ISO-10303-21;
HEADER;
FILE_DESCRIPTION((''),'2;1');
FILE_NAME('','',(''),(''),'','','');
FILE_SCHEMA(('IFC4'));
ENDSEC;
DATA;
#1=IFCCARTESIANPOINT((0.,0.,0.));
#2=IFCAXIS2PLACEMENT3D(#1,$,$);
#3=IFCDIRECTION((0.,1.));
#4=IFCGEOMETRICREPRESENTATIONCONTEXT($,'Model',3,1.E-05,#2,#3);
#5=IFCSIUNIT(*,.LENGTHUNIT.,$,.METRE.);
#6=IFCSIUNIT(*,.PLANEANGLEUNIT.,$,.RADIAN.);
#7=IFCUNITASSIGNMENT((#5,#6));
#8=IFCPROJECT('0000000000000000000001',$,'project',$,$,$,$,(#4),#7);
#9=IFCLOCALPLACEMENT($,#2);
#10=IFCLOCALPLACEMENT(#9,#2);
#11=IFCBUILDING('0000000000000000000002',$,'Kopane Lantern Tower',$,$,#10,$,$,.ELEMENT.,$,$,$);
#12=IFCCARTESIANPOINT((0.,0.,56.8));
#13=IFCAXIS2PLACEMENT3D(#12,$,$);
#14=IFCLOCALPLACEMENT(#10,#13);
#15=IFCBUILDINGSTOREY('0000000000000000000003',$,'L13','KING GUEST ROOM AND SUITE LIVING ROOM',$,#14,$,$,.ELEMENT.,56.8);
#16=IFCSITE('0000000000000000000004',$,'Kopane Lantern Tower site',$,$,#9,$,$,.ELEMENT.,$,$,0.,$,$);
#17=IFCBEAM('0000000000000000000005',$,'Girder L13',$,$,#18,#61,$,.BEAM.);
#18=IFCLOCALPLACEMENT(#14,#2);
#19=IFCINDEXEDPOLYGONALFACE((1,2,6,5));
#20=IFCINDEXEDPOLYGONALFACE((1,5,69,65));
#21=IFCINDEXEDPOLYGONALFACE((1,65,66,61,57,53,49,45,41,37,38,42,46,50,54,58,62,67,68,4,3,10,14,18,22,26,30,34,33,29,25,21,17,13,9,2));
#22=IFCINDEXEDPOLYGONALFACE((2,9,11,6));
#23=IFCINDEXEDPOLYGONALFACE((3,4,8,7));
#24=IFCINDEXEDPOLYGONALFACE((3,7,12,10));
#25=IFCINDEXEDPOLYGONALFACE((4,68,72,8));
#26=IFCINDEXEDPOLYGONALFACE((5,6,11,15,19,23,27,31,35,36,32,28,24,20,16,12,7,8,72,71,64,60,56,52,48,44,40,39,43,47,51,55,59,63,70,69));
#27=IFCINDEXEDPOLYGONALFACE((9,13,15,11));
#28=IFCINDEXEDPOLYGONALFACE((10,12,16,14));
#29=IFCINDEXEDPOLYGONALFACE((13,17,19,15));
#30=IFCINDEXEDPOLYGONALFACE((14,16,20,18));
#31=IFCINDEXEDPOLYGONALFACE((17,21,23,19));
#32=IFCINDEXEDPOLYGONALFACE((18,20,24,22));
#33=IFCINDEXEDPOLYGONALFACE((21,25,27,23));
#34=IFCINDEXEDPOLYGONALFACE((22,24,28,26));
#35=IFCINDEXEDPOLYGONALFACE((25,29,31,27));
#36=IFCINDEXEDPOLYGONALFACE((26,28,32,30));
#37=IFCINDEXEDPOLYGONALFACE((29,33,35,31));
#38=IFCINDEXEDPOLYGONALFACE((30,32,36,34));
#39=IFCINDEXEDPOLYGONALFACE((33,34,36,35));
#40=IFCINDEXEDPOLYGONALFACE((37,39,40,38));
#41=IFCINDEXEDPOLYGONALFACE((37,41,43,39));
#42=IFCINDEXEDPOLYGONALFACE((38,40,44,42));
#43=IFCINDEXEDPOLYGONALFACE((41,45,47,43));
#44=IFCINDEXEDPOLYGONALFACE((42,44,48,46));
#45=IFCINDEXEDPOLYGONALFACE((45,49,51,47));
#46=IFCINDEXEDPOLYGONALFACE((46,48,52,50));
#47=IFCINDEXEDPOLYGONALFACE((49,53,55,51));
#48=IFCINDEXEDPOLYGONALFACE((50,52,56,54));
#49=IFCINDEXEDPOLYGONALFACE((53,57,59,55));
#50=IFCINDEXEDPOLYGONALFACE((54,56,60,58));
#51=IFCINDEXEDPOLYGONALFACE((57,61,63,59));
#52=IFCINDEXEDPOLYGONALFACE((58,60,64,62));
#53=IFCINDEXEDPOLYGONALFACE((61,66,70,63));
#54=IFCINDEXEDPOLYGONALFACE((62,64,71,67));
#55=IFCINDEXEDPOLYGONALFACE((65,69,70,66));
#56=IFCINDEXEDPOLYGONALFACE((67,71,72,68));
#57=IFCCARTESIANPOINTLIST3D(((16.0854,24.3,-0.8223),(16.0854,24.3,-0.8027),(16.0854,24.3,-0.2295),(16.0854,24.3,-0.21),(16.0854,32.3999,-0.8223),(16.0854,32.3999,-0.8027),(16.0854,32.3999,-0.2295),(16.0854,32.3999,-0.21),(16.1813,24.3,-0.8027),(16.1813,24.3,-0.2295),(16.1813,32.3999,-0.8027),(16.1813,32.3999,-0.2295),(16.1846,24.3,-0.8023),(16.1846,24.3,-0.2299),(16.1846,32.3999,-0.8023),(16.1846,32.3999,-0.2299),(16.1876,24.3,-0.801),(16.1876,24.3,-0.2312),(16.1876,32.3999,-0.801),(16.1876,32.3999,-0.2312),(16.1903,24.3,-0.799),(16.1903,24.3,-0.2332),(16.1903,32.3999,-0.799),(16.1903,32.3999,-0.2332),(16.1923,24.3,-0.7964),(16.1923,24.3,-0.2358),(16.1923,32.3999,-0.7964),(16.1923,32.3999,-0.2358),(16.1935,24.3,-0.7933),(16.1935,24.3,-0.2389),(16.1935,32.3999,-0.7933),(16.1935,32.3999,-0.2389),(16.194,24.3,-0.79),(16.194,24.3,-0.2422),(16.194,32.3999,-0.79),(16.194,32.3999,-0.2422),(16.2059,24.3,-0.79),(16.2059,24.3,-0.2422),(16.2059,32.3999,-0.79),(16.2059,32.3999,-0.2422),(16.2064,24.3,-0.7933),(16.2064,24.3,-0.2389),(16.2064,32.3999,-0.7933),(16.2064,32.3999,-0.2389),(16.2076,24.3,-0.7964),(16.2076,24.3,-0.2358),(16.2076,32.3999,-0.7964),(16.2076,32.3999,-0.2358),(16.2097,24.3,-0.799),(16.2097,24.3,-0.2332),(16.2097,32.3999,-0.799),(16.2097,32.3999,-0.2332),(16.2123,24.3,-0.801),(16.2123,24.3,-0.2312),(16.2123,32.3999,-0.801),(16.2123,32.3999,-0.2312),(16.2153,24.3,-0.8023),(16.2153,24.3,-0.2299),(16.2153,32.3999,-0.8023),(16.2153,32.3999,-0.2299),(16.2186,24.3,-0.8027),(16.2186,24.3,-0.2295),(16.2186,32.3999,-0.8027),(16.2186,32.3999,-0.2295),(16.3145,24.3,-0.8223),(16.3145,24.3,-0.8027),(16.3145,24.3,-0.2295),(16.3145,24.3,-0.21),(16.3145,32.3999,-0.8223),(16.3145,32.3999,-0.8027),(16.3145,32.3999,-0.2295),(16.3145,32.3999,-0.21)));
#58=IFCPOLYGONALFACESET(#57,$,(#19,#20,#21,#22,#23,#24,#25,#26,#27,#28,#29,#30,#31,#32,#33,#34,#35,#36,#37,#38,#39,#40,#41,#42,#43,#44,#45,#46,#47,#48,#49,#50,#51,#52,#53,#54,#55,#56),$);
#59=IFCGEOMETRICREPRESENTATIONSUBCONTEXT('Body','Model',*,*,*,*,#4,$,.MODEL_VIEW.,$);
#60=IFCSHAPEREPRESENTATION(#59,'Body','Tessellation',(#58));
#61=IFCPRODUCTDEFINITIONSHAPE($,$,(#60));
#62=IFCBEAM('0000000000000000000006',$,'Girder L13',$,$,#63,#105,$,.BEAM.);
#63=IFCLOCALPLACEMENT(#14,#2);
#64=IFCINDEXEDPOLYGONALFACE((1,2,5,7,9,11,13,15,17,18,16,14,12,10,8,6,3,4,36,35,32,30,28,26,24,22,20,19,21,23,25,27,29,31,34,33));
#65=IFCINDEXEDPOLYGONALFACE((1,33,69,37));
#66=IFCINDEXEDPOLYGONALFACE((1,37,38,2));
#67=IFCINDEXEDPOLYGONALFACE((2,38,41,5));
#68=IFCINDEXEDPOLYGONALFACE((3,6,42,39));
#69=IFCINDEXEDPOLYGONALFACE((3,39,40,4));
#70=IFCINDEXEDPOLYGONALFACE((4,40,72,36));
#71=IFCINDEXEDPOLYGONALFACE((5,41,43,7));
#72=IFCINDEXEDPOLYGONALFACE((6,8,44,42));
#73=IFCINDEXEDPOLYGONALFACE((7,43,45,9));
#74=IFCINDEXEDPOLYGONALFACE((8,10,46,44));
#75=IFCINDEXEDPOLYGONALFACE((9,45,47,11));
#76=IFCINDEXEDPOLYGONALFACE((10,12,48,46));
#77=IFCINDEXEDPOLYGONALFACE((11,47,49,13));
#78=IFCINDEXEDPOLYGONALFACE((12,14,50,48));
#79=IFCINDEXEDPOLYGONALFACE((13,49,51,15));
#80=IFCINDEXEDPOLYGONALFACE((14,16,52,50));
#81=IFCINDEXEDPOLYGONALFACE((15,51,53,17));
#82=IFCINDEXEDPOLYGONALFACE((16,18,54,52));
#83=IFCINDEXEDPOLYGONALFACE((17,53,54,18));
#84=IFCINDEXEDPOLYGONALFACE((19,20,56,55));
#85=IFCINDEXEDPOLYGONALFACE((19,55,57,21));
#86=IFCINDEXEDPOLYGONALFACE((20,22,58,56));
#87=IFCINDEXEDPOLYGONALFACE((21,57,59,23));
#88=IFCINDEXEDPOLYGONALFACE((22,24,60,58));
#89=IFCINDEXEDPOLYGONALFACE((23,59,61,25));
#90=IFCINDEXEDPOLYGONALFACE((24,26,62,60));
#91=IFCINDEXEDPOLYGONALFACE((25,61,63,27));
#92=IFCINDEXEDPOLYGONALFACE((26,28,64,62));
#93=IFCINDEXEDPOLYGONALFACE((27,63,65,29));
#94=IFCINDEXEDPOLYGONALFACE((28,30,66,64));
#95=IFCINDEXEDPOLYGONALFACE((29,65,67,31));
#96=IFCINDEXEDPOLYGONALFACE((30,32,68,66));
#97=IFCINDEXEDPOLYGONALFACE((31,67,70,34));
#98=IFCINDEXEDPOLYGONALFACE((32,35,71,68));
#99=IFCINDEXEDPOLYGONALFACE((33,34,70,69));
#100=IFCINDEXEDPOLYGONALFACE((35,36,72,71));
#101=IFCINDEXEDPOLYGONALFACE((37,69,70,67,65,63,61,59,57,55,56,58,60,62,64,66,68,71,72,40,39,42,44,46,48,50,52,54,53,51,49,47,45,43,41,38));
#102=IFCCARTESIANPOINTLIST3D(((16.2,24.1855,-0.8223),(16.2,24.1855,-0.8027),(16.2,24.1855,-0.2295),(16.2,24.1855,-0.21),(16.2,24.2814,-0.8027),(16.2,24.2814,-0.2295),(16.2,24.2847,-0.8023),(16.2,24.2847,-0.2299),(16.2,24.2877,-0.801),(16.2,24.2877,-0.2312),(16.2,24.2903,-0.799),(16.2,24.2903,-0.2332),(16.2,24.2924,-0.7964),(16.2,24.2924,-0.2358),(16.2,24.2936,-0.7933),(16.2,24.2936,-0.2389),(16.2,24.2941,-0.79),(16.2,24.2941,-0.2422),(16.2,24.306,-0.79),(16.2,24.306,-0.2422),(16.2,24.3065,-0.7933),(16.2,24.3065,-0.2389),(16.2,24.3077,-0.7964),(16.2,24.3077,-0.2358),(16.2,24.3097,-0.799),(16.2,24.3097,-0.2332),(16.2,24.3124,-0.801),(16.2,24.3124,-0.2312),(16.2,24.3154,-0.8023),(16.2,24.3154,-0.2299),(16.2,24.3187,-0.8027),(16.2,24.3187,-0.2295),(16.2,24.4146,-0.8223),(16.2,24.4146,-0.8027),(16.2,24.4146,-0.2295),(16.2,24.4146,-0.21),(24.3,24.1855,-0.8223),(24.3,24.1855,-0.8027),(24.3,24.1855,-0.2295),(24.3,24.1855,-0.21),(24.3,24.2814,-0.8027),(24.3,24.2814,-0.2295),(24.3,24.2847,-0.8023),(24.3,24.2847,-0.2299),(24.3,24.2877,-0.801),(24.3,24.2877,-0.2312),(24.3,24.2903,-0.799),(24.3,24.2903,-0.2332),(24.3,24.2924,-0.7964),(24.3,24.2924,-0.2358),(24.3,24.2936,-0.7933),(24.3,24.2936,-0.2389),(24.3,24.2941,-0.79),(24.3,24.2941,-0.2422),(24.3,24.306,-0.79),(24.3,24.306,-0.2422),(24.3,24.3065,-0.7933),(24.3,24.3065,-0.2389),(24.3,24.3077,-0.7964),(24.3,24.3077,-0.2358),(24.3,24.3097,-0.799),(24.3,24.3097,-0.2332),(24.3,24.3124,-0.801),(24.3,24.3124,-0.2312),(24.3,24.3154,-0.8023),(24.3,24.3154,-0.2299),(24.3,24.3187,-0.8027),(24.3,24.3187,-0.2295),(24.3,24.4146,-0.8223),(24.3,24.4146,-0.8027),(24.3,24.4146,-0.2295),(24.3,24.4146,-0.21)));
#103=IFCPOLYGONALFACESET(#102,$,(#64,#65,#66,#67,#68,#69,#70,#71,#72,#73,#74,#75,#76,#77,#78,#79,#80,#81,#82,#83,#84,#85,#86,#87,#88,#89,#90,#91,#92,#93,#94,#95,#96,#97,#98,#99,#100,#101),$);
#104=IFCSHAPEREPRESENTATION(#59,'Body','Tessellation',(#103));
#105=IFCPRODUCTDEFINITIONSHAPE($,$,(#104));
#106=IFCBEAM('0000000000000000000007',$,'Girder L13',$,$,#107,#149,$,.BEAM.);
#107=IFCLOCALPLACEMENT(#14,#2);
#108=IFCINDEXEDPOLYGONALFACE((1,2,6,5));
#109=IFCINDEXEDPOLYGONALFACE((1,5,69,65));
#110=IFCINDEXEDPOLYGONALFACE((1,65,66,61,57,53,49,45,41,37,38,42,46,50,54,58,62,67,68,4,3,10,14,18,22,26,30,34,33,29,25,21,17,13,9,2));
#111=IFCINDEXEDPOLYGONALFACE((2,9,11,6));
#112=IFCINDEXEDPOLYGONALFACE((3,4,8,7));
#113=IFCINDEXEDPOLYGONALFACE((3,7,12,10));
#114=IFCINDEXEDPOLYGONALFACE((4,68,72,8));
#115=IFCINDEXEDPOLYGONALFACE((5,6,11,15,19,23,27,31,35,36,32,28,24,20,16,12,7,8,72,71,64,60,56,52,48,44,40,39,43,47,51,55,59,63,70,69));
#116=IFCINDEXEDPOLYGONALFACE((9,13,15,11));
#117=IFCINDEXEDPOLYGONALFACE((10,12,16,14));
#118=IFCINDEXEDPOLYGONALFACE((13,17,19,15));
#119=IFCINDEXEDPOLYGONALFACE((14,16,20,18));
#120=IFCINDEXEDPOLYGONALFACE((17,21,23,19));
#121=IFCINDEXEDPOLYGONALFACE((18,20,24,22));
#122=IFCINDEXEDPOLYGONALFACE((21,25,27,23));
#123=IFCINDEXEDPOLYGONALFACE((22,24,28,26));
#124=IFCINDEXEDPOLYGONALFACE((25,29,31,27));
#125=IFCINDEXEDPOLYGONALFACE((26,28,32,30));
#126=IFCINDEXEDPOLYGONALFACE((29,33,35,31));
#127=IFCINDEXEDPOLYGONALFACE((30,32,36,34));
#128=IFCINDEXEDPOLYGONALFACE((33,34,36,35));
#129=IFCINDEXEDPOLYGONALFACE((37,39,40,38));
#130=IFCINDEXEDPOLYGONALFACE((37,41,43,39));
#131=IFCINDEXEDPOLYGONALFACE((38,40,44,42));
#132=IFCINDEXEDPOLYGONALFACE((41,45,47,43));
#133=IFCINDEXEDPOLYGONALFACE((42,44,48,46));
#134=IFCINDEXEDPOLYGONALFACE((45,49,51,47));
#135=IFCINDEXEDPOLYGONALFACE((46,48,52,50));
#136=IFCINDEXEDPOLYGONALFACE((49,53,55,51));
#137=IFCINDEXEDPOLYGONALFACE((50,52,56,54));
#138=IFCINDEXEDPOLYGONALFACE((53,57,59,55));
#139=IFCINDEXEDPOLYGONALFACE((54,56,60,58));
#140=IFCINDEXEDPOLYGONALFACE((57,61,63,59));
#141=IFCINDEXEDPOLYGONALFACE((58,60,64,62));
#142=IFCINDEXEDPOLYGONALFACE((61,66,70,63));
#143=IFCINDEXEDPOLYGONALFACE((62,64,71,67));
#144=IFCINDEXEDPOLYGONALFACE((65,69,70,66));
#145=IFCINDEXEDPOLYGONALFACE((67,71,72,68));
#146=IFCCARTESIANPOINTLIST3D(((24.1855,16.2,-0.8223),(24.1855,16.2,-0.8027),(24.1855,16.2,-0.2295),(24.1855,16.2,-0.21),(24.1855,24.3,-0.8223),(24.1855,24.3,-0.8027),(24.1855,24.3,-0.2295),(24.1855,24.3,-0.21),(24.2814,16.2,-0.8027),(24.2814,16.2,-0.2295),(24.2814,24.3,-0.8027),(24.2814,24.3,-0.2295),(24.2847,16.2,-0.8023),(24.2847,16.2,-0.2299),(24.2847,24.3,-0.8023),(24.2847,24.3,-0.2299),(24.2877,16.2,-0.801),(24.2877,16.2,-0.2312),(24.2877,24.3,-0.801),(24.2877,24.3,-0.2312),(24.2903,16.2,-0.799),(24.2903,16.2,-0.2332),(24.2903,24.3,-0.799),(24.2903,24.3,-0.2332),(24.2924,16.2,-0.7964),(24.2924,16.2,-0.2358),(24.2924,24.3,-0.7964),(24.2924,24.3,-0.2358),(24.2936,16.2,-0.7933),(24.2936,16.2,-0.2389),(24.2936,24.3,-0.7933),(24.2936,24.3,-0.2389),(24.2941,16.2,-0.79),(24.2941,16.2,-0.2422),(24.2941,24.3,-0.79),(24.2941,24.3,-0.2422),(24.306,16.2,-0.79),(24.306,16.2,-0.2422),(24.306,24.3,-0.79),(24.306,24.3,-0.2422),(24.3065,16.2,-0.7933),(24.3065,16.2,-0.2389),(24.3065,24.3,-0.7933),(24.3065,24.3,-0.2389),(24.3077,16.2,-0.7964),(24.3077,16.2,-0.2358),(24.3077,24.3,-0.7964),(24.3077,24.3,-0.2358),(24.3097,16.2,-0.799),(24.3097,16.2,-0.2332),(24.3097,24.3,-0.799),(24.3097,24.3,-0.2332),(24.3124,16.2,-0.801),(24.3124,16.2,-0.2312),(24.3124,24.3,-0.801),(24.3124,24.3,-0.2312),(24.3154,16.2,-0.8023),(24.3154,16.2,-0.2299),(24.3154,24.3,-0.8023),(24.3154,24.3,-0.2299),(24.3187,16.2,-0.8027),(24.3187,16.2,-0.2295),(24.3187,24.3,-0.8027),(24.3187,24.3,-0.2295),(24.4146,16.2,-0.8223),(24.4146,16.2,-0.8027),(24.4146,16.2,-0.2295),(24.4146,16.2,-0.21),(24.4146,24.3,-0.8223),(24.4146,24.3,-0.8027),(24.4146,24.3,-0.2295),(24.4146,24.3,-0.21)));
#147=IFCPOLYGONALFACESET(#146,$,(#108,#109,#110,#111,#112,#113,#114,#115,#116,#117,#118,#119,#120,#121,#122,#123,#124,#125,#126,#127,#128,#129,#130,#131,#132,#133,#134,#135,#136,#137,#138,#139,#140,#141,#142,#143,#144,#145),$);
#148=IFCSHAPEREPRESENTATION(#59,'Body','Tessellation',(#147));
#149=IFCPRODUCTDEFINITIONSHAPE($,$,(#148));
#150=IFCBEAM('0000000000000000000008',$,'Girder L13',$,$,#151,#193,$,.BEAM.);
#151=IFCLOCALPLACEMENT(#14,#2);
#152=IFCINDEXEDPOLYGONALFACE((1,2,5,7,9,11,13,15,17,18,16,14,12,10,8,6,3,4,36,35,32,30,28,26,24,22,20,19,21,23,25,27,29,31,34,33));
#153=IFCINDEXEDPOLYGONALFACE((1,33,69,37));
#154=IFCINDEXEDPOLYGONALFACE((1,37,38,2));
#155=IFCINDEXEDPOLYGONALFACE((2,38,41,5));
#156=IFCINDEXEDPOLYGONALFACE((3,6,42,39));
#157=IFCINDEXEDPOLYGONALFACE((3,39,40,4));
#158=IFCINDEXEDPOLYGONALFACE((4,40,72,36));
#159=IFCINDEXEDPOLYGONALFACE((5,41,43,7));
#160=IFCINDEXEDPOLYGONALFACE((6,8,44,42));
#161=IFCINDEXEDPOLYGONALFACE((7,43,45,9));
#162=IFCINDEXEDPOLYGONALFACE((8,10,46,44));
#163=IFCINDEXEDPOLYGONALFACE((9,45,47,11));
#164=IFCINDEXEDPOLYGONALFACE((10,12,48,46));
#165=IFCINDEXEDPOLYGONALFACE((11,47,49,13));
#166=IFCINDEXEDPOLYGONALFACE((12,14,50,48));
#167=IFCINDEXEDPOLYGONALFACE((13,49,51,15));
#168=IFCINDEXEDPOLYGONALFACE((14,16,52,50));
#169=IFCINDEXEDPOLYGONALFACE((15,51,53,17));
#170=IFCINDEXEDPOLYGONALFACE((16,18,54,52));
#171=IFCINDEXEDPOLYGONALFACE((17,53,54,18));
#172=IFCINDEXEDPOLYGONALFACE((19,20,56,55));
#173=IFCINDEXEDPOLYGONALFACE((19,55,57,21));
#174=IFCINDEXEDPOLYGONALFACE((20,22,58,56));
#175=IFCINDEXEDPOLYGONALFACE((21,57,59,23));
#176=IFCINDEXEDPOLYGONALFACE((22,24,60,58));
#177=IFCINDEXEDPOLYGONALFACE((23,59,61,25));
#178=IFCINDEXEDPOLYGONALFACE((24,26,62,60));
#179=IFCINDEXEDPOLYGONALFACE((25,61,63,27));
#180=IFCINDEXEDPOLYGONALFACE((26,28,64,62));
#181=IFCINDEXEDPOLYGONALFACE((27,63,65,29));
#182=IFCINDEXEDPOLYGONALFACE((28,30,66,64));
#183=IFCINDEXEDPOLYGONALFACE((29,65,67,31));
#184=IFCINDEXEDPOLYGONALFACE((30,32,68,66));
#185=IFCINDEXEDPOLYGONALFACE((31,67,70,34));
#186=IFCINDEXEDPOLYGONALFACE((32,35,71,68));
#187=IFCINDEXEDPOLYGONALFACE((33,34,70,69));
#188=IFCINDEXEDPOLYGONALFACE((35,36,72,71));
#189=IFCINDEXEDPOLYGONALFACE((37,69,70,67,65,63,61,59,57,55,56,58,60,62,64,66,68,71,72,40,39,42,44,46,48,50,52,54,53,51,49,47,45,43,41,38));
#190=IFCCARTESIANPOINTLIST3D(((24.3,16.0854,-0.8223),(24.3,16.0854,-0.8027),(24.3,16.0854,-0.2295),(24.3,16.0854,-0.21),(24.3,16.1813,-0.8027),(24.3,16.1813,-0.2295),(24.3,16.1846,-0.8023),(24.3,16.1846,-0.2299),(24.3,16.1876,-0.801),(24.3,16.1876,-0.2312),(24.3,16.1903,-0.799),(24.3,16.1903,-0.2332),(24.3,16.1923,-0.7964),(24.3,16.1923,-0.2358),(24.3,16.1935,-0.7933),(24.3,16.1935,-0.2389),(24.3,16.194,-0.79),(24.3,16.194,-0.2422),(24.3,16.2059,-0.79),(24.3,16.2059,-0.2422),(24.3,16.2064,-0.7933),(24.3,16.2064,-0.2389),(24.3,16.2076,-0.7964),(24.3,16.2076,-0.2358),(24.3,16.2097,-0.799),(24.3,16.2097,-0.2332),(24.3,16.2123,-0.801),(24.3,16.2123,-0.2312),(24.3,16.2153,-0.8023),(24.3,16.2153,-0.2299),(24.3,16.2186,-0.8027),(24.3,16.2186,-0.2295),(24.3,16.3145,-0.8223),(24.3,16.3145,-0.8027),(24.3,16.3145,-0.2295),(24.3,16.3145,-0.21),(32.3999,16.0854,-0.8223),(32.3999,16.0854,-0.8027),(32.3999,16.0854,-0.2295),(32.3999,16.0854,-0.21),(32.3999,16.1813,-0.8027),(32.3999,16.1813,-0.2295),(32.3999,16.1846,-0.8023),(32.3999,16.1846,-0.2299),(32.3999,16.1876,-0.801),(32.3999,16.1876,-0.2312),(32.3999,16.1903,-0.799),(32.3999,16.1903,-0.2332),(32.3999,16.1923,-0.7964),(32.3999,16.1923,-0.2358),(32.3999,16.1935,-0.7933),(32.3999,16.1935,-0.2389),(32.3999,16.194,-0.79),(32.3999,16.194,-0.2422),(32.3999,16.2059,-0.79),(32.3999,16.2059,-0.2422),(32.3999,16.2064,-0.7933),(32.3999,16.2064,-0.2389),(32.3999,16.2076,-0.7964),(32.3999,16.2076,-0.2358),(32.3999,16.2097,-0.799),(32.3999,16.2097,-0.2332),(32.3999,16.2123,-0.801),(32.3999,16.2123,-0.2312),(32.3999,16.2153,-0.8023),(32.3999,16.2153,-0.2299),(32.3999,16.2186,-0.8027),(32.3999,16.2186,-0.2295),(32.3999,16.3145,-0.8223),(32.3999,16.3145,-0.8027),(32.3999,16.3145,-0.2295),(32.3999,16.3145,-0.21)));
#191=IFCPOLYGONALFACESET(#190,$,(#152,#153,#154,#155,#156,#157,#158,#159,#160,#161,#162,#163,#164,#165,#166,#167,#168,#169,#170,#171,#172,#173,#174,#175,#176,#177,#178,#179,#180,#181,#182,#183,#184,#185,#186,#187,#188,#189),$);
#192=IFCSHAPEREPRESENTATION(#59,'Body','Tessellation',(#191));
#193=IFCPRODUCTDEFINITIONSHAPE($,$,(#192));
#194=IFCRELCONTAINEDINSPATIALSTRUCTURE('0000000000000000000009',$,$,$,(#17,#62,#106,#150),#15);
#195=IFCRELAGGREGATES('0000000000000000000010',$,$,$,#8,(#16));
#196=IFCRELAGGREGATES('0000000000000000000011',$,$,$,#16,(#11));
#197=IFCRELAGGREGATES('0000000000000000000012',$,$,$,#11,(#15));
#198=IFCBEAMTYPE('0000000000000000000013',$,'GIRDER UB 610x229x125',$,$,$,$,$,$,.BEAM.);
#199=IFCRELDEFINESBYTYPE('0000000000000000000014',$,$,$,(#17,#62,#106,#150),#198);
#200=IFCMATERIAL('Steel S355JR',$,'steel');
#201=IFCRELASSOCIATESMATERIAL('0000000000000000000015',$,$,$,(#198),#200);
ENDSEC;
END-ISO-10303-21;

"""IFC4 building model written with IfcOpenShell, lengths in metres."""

from ifc_helpers import new_model, si_unit, direction, frame, origin, origin_2d, place, context, subcontext, project, spatial, i_section, extrude, material, material_profile, profile_set, type_object, element, save


model = new_model("IFC4")

# Units and contexts
model_context = context("Model", 3, precision=1e-05, world=origin(), true_north=direction((0.0, 1.0)))
body_context = subcontext(model_context, "Body", "Model", "MODEL_VIEW")
ifc_project = project(units=[si_unit("LENGTHUNIT", "METRE"), si_unit("PLANEANGLEUNIT", "RADIAN")], contexts=[model_context])

# Site, building, storey
site_placement = place(None, origin())
site = spatial("IfcSite", under=ifc_project, at=site_placement, Name="Kopane Lantern Tower site", CompositionType="ELEMENT", RefElevation=0.0)
building_placement = place(site_placement, origin())
building = spatial("IfcBuilding", under=site, at=building_placement, Name="Kopane Lantern Tower", CompositionType="ELEMENT")
storey_placement = place(building_placement, frame((0.0, 0.0, 56.8)))
storey = spatial("IfcBuildingStorey", under=building, at=storey_placement, Name="L13", Description="KING GUEST ROOM AND SUITE LIVING ROOM", CompositionType="ELEMENT", Elevation=56.8)

# Beams
ifc_material_1 = material(Name="Steel S355JR", Category="steel")
ifc_material_profile_1 = material_profile(ifc_material_1, i_section(OverallWidth=0.229, OverallDepth=0.6123, WebThickness=0.012, FlangeThickness=0.0195, FilletRadius=0.0127, at=origin_2d()), Name="UB 610x229x125")
ifc_profile_set_1 = profile_set([ifc_material_profile_1], Name="Steel S355JR")
beam_type = type_object("IfcBeamType", Name="GIRDER UB 610x229x125", PredefinedType="BEAM", material=ifc_profile_set_1)
beam_1_placement = place(storey_placement, frame((16.2, 24.3, -0.5161), z_axis=(0.0, 1.0, 0.0), x_axis=(-1.0, 0.0, 0.0)))
element("IfcBeam", 1, at=beam_1_placement, inside=storey, type_object=beam_type, Name="Girder L13", PredefinedType="BEAM", context=body_context, shape_type="SweptSolid", body=[
    extrude(i_section(OverallWidth=0.229, OverallDepth=0.6123, WebThickness=0.012, FlangeThickness=0.0195, FilletRadius=0.0127, at=origin_2d()), origin(), (0.0, 0.0, 1.0), 8.0999),
])
for number, where, z_axis, x_axis, name in (
    (2, (16.2, 24.3, -0.5161), (1.0, 0.0, 0.0), (0.0, 1.0, 0.0), "Girder L13"),
    (3, (24.3, 16.2, -0.5161), (0.0, 1.0, 0.0), (-1.0, 0.0, 0.0), "Girder L13"),
):
    element("IfcBeam", number, at=place(storey_placement, frame(where, z_axis=z_axis, x_axis=x_axis)), inside=storey, type_object=beam_type, Name=name, PredefinedType="BEAM", context=body_context, shape_type="SweptSolid", body=[
        extrude(i_section(OverallWidth=0.229, OverallDepth=0.6123, WebThickness=0.012, FlangeThickness=0.0195, FilletRadius=0.0127, at=origin_2d()), origin(), (0.0, 0.0, 1.0), 8.1001),
    ])
beam_2_placement = place(storey_placement, frame((24.3, 16.2, -0.5161), z_axis=(1.0, 0.0, 0.0), x_axis=(0.0, 1.0, 0.0)))
element("IfcBeam", 4, at=beam_2_placement, inside=storey, type_object=beam_type, Name="Girder L13", PredefinedType="BEAM", context=body_context, shape_type="SweptSolid", body=[
    extrude(i_section(OverallWidth=0.229, OverallDepth=0.6123, WebThickness=0.012, FlangeThickness=0.0195, FilletRadius=0.0127, at=origin_2d()), origin(), (0.0, 0.0, 1.0), 8.0999),
])

save(model, "model.ifc")
